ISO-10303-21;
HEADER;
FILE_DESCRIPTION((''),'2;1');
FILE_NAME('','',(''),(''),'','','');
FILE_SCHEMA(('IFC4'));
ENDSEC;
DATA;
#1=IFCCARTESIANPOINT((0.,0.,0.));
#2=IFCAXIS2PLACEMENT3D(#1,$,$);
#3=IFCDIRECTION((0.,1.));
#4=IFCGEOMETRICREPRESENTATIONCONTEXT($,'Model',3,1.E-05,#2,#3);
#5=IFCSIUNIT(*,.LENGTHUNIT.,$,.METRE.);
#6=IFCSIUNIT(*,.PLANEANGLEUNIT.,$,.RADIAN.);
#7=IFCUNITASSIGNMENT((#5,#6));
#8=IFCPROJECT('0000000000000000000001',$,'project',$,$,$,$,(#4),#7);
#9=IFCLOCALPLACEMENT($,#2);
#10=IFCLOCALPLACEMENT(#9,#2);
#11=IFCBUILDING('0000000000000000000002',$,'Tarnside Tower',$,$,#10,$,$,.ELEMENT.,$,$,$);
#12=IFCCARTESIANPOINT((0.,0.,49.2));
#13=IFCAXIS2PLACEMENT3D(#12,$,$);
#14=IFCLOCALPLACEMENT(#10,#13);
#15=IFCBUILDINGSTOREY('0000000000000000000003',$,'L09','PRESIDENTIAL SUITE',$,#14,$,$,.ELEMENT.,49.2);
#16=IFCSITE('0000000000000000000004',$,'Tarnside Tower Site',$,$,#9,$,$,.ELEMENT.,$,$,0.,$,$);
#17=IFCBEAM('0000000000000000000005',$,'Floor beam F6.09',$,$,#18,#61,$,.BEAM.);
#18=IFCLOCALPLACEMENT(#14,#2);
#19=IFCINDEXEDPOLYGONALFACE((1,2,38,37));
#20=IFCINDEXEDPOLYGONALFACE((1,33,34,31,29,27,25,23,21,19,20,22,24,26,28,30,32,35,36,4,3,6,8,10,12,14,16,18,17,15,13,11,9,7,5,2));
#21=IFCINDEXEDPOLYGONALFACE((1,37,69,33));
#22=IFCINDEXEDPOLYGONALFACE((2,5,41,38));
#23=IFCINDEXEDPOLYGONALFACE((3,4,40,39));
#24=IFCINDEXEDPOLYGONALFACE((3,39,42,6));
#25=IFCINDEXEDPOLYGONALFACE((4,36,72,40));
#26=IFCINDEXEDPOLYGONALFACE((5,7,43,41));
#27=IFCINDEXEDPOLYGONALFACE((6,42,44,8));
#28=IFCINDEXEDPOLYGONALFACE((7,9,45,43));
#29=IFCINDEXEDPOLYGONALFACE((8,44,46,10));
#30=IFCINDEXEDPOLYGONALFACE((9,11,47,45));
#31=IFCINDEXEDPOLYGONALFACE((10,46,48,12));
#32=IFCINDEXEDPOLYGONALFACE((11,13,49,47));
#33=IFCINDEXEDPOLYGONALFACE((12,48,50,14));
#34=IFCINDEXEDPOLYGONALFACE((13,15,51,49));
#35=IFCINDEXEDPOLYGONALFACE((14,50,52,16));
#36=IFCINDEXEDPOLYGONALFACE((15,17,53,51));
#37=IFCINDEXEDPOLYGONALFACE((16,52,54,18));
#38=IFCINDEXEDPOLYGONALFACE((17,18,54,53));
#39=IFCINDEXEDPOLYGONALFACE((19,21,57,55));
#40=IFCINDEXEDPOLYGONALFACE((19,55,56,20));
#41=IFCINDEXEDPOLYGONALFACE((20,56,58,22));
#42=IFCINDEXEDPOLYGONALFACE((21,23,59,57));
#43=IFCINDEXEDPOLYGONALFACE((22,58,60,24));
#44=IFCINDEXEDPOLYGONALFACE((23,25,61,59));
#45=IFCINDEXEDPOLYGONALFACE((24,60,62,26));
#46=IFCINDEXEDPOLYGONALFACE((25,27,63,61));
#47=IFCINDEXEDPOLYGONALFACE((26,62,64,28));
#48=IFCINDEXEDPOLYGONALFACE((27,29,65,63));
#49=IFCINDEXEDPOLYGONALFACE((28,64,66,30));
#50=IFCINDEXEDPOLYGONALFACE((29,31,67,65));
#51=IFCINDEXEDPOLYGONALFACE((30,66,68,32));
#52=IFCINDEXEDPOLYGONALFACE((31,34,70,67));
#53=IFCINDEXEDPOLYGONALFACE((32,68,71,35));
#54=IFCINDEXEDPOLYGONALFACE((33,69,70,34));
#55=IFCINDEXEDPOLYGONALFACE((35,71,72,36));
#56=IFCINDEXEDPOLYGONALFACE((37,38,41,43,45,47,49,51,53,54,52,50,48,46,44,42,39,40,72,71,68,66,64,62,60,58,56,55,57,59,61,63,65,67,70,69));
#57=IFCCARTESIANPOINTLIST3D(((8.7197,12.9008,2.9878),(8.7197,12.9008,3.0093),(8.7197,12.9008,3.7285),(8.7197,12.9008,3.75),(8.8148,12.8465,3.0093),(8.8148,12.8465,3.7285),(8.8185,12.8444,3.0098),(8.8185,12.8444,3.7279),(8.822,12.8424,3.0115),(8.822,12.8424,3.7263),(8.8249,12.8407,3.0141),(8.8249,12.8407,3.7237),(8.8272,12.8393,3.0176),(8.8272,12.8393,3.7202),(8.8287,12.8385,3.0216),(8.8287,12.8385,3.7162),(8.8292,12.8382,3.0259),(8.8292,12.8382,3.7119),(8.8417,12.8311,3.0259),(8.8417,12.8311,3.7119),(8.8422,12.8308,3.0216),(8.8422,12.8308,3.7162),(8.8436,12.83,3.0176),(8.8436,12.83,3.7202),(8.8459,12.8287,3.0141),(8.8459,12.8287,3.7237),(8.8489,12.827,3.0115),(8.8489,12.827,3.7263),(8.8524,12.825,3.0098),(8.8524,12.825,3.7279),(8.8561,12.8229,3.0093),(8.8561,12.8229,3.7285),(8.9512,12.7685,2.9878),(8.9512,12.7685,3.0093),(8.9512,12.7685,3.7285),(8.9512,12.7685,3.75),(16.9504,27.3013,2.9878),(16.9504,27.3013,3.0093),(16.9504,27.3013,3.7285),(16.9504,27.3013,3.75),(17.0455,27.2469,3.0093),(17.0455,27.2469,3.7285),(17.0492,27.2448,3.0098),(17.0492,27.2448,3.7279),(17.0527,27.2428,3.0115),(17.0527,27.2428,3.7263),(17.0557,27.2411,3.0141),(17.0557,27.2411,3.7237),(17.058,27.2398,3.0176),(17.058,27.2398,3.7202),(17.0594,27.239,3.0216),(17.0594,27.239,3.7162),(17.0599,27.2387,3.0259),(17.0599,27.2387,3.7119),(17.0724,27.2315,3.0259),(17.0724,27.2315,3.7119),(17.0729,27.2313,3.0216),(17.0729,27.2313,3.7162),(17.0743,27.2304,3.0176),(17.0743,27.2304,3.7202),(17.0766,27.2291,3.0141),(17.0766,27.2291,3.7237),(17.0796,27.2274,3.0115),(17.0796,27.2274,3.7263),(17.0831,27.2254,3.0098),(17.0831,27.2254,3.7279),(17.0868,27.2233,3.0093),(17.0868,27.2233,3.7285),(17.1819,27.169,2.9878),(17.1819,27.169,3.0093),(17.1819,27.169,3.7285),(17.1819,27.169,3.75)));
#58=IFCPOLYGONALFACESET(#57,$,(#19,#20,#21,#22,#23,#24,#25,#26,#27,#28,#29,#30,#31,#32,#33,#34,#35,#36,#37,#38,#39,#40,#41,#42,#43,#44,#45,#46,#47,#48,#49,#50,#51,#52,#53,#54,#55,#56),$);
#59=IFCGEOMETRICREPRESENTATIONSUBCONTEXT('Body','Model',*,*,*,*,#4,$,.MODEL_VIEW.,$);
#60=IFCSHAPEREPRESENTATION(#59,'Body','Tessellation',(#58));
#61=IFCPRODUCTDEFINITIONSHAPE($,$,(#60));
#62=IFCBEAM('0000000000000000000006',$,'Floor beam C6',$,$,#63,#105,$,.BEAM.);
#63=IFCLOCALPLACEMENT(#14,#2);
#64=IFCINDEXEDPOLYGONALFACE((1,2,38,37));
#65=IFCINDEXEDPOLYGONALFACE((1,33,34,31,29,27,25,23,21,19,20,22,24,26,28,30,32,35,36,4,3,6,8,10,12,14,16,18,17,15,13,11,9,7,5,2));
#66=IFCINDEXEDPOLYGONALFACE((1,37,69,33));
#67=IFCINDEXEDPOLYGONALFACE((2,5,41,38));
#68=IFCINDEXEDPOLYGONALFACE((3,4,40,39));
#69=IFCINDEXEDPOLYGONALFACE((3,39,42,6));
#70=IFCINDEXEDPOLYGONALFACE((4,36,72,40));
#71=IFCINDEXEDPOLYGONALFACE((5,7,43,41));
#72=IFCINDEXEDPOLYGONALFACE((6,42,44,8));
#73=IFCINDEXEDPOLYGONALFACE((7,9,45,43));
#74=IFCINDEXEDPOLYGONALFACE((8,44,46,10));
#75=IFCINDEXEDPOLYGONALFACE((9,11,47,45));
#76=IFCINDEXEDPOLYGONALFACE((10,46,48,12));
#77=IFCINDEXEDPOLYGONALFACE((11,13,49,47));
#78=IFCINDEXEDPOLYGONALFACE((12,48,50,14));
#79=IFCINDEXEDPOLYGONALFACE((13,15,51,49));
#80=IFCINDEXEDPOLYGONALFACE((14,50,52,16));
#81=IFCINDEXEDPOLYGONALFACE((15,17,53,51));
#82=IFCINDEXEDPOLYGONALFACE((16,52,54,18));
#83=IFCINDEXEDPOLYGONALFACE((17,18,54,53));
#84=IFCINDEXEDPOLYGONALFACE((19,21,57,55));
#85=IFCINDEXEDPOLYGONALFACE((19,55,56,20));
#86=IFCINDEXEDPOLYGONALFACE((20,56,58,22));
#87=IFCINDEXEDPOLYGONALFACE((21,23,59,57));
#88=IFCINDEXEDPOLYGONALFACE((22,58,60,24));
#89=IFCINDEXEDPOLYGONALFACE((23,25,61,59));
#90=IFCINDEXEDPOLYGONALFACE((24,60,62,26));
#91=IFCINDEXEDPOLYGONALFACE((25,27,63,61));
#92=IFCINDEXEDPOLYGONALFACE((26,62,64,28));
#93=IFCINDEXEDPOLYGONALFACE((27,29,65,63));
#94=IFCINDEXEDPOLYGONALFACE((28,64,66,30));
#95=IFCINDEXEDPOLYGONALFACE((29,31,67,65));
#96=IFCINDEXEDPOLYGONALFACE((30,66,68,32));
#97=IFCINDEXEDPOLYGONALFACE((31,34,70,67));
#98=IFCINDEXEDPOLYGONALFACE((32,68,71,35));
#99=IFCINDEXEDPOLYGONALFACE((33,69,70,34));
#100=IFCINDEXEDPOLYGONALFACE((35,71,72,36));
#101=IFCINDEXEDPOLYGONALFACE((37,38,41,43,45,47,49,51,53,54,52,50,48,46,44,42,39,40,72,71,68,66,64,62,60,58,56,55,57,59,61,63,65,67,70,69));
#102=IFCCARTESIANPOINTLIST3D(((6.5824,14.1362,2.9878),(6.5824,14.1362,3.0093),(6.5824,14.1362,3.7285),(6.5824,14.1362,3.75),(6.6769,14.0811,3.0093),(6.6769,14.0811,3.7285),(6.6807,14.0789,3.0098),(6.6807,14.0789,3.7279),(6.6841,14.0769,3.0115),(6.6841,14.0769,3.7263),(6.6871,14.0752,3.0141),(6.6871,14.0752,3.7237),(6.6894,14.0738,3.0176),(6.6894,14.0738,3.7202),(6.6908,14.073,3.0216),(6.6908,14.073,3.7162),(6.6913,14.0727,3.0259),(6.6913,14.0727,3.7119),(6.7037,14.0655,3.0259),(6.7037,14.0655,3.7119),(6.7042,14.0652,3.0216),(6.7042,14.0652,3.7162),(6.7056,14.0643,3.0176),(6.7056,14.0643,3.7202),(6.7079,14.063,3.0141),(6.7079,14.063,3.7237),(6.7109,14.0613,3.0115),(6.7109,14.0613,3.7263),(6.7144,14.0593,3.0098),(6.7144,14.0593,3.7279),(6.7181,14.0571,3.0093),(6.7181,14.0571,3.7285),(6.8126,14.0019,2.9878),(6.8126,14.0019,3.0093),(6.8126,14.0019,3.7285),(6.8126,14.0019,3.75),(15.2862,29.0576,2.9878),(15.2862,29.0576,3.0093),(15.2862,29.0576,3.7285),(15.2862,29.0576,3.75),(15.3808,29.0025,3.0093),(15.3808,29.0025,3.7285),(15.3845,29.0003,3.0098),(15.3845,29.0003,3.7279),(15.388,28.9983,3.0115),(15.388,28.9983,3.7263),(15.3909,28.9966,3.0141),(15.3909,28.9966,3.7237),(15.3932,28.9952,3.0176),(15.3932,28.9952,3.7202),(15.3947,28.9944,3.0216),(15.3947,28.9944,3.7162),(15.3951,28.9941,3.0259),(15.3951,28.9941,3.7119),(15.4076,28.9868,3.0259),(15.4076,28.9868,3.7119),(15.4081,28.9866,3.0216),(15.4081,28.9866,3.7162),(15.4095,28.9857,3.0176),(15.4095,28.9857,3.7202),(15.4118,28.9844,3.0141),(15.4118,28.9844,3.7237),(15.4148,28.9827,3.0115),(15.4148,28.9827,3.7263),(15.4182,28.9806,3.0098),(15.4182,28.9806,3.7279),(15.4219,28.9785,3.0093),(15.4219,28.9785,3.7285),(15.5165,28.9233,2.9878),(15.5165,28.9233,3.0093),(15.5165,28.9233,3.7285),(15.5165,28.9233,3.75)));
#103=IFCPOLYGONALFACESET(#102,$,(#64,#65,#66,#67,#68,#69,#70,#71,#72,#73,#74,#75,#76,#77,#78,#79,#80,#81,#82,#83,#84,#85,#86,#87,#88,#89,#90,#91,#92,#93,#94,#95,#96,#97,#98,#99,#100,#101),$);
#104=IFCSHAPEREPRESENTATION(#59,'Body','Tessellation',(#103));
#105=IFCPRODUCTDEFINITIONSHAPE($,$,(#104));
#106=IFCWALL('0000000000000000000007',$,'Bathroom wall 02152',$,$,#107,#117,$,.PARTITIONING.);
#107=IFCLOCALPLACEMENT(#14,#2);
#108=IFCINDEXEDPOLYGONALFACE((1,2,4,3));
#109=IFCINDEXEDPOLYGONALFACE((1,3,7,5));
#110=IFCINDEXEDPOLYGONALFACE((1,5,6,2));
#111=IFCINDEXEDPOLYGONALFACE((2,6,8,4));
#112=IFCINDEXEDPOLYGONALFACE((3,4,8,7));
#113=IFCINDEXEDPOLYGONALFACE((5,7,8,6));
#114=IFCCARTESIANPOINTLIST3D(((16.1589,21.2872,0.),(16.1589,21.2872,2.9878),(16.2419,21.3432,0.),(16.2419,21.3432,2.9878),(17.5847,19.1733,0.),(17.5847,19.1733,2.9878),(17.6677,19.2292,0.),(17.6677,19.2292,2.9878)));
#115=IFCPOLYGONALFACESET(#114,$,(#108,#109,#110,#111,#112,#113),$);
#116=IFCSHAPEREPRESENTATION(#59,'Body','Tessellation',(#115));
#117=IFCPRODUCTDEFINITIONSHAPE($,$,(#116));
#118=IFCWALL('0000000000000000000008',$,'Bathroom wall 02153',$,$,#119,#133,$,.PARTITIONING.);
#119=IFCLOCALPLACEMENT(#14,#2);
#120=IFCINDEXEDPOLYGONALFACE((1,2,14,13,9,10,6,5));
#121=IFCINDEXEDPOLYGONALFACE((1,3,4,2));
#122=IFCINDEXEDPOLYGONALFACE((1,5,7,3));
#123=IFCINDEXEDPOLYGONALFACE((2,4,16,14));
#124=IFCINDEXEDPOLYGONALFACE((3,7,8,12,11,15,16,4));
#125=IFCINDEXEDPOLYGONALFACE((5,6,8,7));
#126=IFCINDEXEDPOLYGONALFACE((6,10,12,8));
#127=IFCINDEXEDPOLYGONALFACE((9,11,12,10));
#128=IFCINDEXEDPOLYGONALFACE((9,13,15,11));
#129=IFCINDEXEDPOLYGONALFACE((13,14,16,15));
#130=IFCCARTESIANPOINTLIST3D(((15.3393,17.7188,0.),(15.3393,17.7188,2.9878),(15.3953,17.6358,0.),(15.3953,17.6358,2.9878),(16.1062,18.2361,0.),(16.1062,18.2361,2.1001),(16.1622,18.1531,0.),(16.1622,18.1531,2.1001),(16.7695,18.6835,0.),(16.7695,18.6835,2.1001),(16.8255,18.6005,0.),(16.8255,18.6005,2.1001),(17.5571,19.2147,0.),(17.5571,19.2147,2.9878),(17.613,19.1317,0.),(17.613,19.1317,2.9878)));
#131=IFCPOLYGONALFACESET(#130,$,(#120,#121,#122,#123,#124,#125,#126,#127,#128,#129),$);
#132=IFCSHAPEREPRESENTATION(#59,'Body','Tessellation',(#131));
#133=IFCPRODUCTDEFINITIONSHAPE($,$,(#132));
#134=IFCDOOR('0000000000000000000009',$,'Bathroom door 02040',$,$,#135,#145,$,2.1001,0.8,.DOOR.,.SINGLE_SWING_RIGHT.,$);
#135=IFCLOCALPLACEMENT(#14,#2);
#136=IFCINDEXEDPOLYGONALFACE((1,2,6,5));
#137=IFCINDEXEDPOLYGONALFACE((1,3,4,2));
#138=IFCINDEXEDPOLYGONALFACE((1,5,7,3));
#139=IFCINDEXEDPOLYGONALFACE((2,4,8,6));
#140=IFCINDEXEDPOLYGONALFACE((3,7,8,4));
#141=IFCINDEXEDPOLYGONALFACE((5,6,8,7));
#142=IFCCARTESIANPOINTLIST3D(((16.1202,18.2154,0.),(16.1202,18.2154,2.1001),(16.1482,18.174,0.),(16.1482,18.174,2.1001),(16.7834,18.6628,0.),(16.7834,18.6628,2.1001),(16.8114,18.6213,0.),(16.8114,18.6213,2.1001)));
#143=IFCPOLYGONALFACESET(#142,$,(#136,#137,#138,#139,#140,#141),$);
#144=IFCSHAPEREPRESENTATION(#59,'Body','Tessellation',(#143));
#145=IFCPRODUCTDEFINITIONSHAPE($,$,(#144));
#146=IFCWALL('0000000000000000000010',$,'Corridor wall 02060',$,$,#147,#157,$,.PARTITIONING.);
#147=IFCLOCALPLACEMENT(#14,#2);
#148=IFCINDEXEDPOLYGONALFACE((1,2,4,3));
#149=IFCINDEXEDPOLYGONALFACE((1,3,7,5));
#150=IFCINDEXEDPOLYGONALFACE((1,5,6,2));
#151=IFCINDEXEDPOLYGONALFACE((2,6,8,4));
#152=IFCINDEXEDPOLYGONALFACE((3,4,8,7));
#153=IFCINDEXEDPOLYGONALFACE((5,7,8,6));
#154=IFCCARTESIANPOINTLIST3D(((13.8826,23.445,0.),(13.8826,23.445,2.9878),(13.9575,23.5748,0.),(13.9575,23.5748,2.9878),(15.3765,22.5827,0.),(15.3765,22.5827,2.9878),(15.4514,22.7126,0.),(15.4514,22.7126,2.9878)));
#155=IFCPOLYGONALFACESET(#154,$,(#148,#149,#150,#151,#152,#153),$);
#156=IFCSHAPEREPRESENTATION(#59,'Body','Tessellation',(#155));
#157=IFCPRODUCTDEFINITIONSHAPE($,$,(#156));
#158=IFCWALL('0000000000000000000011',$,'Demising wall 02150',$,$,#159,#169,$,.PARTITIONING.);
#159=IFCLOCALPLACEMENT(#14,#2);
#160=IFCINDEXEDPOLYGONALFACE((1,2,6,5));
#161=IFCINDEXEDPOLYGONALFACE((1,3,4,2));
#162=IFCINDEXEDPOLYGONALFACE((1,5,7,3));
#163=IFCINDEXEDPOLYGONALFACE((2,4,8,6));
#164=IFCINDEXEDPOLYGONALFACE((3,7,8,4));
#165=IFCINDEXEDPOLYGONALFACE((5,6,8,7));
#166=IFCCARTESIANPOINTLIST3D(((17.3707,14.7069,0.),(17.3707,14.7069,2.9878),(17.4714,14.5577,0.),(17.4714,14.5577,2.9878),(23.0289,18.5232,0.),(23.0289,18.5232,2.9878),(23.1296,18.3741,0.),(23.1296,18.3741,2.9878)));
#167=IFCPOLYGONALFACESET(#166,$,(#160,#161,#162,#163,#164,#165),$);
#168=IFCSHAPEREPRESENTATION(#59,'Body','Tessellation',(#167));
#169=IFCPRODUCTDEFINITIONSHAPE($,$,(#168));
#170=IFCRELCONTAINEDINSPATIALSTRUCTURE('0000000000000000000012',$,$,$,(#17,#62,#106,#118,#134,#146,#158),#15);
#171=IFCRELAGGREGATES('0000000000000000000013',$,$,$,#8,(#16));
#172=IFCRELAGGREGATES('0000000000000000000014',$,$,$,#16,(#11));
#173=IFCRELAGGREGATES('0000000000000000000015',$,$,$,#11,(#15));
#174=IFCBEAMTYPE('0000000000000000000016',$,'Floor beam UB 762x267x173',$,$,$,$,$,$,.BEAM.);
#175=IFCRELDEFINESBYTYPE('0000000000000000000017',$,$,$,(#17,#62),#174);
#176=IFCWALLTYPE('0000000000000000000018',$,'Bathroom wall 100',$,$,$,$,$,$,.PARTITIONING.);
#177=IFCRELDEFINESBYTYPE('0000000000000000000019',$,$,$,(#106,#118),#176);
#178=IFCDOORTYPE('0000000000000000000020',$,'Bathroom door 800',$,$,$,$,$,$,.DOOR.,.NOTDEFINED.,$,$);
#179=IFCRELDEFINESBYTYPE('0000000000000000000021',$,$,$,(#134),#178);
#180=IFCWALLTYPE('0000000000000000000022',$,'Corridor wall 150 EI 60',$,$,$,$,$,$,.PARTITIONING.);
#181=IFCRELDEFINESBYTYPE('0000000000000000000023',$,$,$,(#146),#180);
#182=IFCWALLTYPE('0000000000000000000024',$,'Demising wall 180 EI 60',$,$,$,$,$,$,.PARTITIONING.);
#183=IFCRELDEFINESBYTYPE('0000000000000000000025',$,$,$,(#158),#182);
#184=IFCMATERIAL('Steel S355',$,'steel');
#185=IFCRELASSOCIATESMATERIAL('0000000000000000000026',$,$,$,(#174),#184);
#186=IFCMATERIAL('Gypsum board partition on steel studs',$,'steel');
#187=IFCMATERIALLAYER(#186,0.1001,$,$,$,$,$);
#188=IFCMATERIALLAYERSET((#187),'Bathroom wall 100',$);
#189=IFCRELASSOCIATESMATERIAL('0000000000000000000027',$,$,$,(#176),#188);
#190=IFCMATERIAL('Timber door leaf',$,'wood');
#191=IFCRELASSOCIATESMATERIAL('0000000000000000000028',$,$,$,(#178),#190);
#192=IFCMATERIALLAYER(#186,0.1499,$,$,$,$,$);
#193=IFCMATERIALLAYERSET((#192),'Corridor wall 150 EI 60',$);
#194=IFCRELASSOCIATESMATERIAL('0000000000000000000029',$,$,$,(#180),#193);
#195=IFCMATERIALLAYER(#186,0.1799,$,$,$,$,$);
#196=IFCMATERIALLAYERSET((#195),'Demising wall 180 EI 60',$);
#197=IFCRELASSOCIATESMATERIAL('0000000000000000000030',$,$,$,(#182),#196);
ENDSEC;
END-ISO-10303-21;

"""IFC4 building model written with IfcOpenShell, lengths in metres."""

from ifc_helpers import new_model, si_unit, direction, frame, frame_2d, origin, origin_2d, place, context, subcontext, project, spatial, rectangle, i_section, extrude, material, layer, layer_set, material_profile, profile_set, type_object, element, fill, save


model = new_model("IFC4")

# Units and contexts
model_context = context("Model", 3, precision=1e-05, world=origin(), true_north=direction((0.0, 1.0)))
body_context = subcontext(model_context, "Body", "Model", "MODEL_VIEW")
ifc_project = project(units=[si_unit("LENGTHUNIT", "METRE"), si_unit("PLANEANGLEUNIT", "RADIAN")], contexts=[model_context])

# Site, building, storey
site_placement = place(None, origin())
site = spatial("IfcSite", under=ifc_project, at=site_placement, Name="Tarnside Tower Site", CompositionType="ELEMENT", RefElevation=0.0)
building_placement = place(site_placement, origin())
building = spatial("IfcBuilding", under=site, at=building_placement, Name="Tarnside Tower", CompositionType="ELEMENT")
storey_placement = place(building_placement, frame((0.0, 0.0, 49.2)))
storey = spatial("IfcBuildingStorey", under=building, at=storey_placement, Name="L09", Description="PRESIDENTIAL SUITE", CompositionType="ELEMENT", Elevation=49.2)

# Beams
ifc_material_1 = material(Name="Steel S355", Category="steel")
ifc_material_profile_1 = material_profile(ifc_material_1, i_section(OverallWidth=0.2666, OverallDepth=0.7622, WebThickness=0.0144, FlangeThickness=0.0215, FilletRadius=0.0166, at=origin_2d()), Name="UB 762x267x173")
ifc_profile_set_1 = profile_set([ifc_material_profile_1], Name="Steel S355")
beam_type_1 = type_object("IfcBeamType", Name="Floor beam UB 762x267x173", PredefinedType="BEAM", material=ifc_profile_set_1)
beam_1_placement = place(storey_placement, frame((17.0662, 27.2351, 3.3689), z_axis=(-0.496226, -0.868193, 0.0), x_axis=(0.868193, -0.496226, 0.0)))
element("IfcBeam", 1, at=beam_1_placement, inside=storey, type_object=beam_type_1, Name="Floor beam F6.09", PredefinedType="BEAM", context=body_context, shape_type="SweptSolid", body=[
    extrude(i_section(OverallWidth=0.2666, OverallDepth=0.7622, WebThickness=0.0144, FlangeThickness=0.0215, FilletRadius=0.0166, at=origin_2d()), origin(), (0.0, 0.0, 1.0), 16.5867),
])
beam_2_placement = place(storey_placement, frame((15.4014, 28.9905, 3.3689), z_axis=(-0.503859, -0.863786, 0.0), x_axis=(0.863786, -0.503859, 0.0)))
element("IfcBeam", 2, at=beam_2_placement, inside=storey, type_object=beam_type_1, Name="Floor beam C6", PredefinedType="BEAM", context=body_context, shape_type="SweptSolid", body=[
    extrude(i_section(OverallWidth=0.2666, OverallDepth=0.7622, WebThickness=0.0144, FlangeThickness=0.0215, FilletRadius=0.0166, at=origin_2d()), origin(), (0.0, 0.0, 1.0), 17.2744),
])

# Wall
ifc_material_2 = material(Name="Gypsum board partition on steel studs", Category="steel")
ifc_layer_1 = layer(ifc_material_2, 0.1001)
ifc_layer_set_1 = layer_set([ifc_layer_1], Name="Bathroom wall 100")
wall_type_1 = type_object("IfcWallType", Name="Bathroom wall 100", PredefinedType="PARTITIONING", material=ifc_layer_set_1)
wall_1_placement = place(storey_placement, frame((16.2004, 21.3152, 0.0), z_axis=(0.0, 0.0, 1.0), x_axis=(0.559155, -0.829063, 0.0)))
element("IfcWall", 3, at=wall_1_placement, inside=storey, type_object=wall_type_1, Name="Bathroom wall 02152", PredefinedType="PARTITIONING", context=body_context, shape_type="SweptSolid", body=[
    extrude(rectangle(XDim=2.5498, YDim=0.1001, at=frame_2d((1.2749, 0.0))), origin(), (0.0, 0.0, 1.0), 2.9878),
])

# Wall, opening, door
wall_2_placement = place(storey_placement, frame((17.585, 19.1731, 0.0), z_axis=(0.0, 0.0, 1.0), x_axis=(-0.829048, -0.559178, 0.0)))
wall_2 = element("IfcWall", 4, at=wall_2_placement, inside=storey, type_object=wall_type_1, Name="Bathroom wall 02153", PredefinedType="PARTITIONING", context=body_context, shape_type="SweptSolid", body=[
    extrude(rectangle(XDim=2.675, YDim=0.1001, at=frame_2d((1.3374, 0.0))), origin(), (0.0, 0.0, 1.0), 2.9878),
])
opening_1_placement = place(wall_2_placement, frame((0.95, 0.0, 0.0)))
opening_1 = element("IfcOpeningElement", 5, at=opening_1_placement, cuts=wall_2, PredefinedType="OPENING", context=body_context, shape_type="SweptSolid", body=[
    extrude(rectangle(XDim=0.8, YDim=2.1001, at=frame_2d((0.3999, 1.05))), frame((0.0, 0.0601, 0.0), z_axis=(0.0, -1.0, 0.0), x_axis=(1.0, 0.0, 0.0)), (0.0, 0.0, 1.0), 0.1201),
])
ifc_material_3 = material(Name="Timber door leaf", Category="wood")
door_type_1 = type_object("IfcDoorType", Name="Bathroom door 800", OperationType="NOTDEFINED", PredefinedType="DOOR", material=ifc_material_3)
door_1_placement = place(opening_1_placement, origin())
door_1 = element("IfcDoor", 6, at=door_1_placement, inside=storey, type_object=door_type_1, Name="Bathroom door 02040", OperationType="SINGLE_SWING_RIGHT", OverallHeight=2.1001, OverallWidth=0.8, PredefinedType="DOOR", context=body_context, shape_type="SweptSolid", body=[
    extrude(rectangle(XDim=0.8, YDim=2.1001, at=frame_2d((0.3999, 1.05))), frame((0.0, 0.0249, 0.0), z_axis=(0.0, -1.0, 0.0), x_axis=(1.0, 0.0, 0.0)), (0.0, 0.0, 1.0), 0.05),
])
fill(opening_1, door_1)

# Walls
ifc_layer_2 = layer(ifc_material_2, 0.1499)
ifc_layer_set_2 = layer_set([ifc_layer_2], Name="Corridor wall 150 EI 60")
wall_type_2 = type_object("IfcWallType", Name="Corridor wall 150 EI 60", PredefinedType="PARTITIONING", material=ifc_layer_set_2)
wall_3_placement = place(storey_placement, frame((15.4138, 22.6477, 0.0), z_axis=(0.0, 0.0, 1.0), x_axis=(-0.866075, 0.499914, 0.0)))
element("IfcWall", 7, at=wall_3_placement, inside=storey, type_object=wall_type_2, Name="Corridor wall 02060", PredefinedType="PARTITIONING", context=body_context, shape_type="SweptSolid", body=[
    extrude(rectangle(XDim=1.7249, YDim=0.1499, at=frame_2d((0.8623, 0.0))), origin(), (0.0, 0.0, 1.0), 2.9878),
])
ifc_layer_3 = layer(ifc_material_2, 0.1799)
ifc_layer_set_3 = layer_set([ifc_layer_3], Name="Demising wall 180 EI 60")
wall_type_3 = type_object("IfcWallType", Name="Demising wall 180 EI 60", PredefinedType="PARTITIONING", material=ifc_layer_set_3)
wall_4_placement = place(storey_placement, frame((23.0793, 18.4487, 0.0), z_axis=(0.0, 0.0, 1.0), x_axis=(-0.829044, -0.559183, 0.0)))
element("IfcWall", 8, at=wall_4_placement, inside=storey, type_object=wall_type_3, Name="Demising wall 02150", PredefinedType="PARTITIONING", context=body_context, shape_type="SweptSolid", body=[
    extrude(rectangle(XDim=6.825, YDim=0.1799, at=frame_2d((3.4126, 0.0))), origin(), (0.0, 0.0, 1.0), 2.9878),
])

save(model, "model.ifc")
